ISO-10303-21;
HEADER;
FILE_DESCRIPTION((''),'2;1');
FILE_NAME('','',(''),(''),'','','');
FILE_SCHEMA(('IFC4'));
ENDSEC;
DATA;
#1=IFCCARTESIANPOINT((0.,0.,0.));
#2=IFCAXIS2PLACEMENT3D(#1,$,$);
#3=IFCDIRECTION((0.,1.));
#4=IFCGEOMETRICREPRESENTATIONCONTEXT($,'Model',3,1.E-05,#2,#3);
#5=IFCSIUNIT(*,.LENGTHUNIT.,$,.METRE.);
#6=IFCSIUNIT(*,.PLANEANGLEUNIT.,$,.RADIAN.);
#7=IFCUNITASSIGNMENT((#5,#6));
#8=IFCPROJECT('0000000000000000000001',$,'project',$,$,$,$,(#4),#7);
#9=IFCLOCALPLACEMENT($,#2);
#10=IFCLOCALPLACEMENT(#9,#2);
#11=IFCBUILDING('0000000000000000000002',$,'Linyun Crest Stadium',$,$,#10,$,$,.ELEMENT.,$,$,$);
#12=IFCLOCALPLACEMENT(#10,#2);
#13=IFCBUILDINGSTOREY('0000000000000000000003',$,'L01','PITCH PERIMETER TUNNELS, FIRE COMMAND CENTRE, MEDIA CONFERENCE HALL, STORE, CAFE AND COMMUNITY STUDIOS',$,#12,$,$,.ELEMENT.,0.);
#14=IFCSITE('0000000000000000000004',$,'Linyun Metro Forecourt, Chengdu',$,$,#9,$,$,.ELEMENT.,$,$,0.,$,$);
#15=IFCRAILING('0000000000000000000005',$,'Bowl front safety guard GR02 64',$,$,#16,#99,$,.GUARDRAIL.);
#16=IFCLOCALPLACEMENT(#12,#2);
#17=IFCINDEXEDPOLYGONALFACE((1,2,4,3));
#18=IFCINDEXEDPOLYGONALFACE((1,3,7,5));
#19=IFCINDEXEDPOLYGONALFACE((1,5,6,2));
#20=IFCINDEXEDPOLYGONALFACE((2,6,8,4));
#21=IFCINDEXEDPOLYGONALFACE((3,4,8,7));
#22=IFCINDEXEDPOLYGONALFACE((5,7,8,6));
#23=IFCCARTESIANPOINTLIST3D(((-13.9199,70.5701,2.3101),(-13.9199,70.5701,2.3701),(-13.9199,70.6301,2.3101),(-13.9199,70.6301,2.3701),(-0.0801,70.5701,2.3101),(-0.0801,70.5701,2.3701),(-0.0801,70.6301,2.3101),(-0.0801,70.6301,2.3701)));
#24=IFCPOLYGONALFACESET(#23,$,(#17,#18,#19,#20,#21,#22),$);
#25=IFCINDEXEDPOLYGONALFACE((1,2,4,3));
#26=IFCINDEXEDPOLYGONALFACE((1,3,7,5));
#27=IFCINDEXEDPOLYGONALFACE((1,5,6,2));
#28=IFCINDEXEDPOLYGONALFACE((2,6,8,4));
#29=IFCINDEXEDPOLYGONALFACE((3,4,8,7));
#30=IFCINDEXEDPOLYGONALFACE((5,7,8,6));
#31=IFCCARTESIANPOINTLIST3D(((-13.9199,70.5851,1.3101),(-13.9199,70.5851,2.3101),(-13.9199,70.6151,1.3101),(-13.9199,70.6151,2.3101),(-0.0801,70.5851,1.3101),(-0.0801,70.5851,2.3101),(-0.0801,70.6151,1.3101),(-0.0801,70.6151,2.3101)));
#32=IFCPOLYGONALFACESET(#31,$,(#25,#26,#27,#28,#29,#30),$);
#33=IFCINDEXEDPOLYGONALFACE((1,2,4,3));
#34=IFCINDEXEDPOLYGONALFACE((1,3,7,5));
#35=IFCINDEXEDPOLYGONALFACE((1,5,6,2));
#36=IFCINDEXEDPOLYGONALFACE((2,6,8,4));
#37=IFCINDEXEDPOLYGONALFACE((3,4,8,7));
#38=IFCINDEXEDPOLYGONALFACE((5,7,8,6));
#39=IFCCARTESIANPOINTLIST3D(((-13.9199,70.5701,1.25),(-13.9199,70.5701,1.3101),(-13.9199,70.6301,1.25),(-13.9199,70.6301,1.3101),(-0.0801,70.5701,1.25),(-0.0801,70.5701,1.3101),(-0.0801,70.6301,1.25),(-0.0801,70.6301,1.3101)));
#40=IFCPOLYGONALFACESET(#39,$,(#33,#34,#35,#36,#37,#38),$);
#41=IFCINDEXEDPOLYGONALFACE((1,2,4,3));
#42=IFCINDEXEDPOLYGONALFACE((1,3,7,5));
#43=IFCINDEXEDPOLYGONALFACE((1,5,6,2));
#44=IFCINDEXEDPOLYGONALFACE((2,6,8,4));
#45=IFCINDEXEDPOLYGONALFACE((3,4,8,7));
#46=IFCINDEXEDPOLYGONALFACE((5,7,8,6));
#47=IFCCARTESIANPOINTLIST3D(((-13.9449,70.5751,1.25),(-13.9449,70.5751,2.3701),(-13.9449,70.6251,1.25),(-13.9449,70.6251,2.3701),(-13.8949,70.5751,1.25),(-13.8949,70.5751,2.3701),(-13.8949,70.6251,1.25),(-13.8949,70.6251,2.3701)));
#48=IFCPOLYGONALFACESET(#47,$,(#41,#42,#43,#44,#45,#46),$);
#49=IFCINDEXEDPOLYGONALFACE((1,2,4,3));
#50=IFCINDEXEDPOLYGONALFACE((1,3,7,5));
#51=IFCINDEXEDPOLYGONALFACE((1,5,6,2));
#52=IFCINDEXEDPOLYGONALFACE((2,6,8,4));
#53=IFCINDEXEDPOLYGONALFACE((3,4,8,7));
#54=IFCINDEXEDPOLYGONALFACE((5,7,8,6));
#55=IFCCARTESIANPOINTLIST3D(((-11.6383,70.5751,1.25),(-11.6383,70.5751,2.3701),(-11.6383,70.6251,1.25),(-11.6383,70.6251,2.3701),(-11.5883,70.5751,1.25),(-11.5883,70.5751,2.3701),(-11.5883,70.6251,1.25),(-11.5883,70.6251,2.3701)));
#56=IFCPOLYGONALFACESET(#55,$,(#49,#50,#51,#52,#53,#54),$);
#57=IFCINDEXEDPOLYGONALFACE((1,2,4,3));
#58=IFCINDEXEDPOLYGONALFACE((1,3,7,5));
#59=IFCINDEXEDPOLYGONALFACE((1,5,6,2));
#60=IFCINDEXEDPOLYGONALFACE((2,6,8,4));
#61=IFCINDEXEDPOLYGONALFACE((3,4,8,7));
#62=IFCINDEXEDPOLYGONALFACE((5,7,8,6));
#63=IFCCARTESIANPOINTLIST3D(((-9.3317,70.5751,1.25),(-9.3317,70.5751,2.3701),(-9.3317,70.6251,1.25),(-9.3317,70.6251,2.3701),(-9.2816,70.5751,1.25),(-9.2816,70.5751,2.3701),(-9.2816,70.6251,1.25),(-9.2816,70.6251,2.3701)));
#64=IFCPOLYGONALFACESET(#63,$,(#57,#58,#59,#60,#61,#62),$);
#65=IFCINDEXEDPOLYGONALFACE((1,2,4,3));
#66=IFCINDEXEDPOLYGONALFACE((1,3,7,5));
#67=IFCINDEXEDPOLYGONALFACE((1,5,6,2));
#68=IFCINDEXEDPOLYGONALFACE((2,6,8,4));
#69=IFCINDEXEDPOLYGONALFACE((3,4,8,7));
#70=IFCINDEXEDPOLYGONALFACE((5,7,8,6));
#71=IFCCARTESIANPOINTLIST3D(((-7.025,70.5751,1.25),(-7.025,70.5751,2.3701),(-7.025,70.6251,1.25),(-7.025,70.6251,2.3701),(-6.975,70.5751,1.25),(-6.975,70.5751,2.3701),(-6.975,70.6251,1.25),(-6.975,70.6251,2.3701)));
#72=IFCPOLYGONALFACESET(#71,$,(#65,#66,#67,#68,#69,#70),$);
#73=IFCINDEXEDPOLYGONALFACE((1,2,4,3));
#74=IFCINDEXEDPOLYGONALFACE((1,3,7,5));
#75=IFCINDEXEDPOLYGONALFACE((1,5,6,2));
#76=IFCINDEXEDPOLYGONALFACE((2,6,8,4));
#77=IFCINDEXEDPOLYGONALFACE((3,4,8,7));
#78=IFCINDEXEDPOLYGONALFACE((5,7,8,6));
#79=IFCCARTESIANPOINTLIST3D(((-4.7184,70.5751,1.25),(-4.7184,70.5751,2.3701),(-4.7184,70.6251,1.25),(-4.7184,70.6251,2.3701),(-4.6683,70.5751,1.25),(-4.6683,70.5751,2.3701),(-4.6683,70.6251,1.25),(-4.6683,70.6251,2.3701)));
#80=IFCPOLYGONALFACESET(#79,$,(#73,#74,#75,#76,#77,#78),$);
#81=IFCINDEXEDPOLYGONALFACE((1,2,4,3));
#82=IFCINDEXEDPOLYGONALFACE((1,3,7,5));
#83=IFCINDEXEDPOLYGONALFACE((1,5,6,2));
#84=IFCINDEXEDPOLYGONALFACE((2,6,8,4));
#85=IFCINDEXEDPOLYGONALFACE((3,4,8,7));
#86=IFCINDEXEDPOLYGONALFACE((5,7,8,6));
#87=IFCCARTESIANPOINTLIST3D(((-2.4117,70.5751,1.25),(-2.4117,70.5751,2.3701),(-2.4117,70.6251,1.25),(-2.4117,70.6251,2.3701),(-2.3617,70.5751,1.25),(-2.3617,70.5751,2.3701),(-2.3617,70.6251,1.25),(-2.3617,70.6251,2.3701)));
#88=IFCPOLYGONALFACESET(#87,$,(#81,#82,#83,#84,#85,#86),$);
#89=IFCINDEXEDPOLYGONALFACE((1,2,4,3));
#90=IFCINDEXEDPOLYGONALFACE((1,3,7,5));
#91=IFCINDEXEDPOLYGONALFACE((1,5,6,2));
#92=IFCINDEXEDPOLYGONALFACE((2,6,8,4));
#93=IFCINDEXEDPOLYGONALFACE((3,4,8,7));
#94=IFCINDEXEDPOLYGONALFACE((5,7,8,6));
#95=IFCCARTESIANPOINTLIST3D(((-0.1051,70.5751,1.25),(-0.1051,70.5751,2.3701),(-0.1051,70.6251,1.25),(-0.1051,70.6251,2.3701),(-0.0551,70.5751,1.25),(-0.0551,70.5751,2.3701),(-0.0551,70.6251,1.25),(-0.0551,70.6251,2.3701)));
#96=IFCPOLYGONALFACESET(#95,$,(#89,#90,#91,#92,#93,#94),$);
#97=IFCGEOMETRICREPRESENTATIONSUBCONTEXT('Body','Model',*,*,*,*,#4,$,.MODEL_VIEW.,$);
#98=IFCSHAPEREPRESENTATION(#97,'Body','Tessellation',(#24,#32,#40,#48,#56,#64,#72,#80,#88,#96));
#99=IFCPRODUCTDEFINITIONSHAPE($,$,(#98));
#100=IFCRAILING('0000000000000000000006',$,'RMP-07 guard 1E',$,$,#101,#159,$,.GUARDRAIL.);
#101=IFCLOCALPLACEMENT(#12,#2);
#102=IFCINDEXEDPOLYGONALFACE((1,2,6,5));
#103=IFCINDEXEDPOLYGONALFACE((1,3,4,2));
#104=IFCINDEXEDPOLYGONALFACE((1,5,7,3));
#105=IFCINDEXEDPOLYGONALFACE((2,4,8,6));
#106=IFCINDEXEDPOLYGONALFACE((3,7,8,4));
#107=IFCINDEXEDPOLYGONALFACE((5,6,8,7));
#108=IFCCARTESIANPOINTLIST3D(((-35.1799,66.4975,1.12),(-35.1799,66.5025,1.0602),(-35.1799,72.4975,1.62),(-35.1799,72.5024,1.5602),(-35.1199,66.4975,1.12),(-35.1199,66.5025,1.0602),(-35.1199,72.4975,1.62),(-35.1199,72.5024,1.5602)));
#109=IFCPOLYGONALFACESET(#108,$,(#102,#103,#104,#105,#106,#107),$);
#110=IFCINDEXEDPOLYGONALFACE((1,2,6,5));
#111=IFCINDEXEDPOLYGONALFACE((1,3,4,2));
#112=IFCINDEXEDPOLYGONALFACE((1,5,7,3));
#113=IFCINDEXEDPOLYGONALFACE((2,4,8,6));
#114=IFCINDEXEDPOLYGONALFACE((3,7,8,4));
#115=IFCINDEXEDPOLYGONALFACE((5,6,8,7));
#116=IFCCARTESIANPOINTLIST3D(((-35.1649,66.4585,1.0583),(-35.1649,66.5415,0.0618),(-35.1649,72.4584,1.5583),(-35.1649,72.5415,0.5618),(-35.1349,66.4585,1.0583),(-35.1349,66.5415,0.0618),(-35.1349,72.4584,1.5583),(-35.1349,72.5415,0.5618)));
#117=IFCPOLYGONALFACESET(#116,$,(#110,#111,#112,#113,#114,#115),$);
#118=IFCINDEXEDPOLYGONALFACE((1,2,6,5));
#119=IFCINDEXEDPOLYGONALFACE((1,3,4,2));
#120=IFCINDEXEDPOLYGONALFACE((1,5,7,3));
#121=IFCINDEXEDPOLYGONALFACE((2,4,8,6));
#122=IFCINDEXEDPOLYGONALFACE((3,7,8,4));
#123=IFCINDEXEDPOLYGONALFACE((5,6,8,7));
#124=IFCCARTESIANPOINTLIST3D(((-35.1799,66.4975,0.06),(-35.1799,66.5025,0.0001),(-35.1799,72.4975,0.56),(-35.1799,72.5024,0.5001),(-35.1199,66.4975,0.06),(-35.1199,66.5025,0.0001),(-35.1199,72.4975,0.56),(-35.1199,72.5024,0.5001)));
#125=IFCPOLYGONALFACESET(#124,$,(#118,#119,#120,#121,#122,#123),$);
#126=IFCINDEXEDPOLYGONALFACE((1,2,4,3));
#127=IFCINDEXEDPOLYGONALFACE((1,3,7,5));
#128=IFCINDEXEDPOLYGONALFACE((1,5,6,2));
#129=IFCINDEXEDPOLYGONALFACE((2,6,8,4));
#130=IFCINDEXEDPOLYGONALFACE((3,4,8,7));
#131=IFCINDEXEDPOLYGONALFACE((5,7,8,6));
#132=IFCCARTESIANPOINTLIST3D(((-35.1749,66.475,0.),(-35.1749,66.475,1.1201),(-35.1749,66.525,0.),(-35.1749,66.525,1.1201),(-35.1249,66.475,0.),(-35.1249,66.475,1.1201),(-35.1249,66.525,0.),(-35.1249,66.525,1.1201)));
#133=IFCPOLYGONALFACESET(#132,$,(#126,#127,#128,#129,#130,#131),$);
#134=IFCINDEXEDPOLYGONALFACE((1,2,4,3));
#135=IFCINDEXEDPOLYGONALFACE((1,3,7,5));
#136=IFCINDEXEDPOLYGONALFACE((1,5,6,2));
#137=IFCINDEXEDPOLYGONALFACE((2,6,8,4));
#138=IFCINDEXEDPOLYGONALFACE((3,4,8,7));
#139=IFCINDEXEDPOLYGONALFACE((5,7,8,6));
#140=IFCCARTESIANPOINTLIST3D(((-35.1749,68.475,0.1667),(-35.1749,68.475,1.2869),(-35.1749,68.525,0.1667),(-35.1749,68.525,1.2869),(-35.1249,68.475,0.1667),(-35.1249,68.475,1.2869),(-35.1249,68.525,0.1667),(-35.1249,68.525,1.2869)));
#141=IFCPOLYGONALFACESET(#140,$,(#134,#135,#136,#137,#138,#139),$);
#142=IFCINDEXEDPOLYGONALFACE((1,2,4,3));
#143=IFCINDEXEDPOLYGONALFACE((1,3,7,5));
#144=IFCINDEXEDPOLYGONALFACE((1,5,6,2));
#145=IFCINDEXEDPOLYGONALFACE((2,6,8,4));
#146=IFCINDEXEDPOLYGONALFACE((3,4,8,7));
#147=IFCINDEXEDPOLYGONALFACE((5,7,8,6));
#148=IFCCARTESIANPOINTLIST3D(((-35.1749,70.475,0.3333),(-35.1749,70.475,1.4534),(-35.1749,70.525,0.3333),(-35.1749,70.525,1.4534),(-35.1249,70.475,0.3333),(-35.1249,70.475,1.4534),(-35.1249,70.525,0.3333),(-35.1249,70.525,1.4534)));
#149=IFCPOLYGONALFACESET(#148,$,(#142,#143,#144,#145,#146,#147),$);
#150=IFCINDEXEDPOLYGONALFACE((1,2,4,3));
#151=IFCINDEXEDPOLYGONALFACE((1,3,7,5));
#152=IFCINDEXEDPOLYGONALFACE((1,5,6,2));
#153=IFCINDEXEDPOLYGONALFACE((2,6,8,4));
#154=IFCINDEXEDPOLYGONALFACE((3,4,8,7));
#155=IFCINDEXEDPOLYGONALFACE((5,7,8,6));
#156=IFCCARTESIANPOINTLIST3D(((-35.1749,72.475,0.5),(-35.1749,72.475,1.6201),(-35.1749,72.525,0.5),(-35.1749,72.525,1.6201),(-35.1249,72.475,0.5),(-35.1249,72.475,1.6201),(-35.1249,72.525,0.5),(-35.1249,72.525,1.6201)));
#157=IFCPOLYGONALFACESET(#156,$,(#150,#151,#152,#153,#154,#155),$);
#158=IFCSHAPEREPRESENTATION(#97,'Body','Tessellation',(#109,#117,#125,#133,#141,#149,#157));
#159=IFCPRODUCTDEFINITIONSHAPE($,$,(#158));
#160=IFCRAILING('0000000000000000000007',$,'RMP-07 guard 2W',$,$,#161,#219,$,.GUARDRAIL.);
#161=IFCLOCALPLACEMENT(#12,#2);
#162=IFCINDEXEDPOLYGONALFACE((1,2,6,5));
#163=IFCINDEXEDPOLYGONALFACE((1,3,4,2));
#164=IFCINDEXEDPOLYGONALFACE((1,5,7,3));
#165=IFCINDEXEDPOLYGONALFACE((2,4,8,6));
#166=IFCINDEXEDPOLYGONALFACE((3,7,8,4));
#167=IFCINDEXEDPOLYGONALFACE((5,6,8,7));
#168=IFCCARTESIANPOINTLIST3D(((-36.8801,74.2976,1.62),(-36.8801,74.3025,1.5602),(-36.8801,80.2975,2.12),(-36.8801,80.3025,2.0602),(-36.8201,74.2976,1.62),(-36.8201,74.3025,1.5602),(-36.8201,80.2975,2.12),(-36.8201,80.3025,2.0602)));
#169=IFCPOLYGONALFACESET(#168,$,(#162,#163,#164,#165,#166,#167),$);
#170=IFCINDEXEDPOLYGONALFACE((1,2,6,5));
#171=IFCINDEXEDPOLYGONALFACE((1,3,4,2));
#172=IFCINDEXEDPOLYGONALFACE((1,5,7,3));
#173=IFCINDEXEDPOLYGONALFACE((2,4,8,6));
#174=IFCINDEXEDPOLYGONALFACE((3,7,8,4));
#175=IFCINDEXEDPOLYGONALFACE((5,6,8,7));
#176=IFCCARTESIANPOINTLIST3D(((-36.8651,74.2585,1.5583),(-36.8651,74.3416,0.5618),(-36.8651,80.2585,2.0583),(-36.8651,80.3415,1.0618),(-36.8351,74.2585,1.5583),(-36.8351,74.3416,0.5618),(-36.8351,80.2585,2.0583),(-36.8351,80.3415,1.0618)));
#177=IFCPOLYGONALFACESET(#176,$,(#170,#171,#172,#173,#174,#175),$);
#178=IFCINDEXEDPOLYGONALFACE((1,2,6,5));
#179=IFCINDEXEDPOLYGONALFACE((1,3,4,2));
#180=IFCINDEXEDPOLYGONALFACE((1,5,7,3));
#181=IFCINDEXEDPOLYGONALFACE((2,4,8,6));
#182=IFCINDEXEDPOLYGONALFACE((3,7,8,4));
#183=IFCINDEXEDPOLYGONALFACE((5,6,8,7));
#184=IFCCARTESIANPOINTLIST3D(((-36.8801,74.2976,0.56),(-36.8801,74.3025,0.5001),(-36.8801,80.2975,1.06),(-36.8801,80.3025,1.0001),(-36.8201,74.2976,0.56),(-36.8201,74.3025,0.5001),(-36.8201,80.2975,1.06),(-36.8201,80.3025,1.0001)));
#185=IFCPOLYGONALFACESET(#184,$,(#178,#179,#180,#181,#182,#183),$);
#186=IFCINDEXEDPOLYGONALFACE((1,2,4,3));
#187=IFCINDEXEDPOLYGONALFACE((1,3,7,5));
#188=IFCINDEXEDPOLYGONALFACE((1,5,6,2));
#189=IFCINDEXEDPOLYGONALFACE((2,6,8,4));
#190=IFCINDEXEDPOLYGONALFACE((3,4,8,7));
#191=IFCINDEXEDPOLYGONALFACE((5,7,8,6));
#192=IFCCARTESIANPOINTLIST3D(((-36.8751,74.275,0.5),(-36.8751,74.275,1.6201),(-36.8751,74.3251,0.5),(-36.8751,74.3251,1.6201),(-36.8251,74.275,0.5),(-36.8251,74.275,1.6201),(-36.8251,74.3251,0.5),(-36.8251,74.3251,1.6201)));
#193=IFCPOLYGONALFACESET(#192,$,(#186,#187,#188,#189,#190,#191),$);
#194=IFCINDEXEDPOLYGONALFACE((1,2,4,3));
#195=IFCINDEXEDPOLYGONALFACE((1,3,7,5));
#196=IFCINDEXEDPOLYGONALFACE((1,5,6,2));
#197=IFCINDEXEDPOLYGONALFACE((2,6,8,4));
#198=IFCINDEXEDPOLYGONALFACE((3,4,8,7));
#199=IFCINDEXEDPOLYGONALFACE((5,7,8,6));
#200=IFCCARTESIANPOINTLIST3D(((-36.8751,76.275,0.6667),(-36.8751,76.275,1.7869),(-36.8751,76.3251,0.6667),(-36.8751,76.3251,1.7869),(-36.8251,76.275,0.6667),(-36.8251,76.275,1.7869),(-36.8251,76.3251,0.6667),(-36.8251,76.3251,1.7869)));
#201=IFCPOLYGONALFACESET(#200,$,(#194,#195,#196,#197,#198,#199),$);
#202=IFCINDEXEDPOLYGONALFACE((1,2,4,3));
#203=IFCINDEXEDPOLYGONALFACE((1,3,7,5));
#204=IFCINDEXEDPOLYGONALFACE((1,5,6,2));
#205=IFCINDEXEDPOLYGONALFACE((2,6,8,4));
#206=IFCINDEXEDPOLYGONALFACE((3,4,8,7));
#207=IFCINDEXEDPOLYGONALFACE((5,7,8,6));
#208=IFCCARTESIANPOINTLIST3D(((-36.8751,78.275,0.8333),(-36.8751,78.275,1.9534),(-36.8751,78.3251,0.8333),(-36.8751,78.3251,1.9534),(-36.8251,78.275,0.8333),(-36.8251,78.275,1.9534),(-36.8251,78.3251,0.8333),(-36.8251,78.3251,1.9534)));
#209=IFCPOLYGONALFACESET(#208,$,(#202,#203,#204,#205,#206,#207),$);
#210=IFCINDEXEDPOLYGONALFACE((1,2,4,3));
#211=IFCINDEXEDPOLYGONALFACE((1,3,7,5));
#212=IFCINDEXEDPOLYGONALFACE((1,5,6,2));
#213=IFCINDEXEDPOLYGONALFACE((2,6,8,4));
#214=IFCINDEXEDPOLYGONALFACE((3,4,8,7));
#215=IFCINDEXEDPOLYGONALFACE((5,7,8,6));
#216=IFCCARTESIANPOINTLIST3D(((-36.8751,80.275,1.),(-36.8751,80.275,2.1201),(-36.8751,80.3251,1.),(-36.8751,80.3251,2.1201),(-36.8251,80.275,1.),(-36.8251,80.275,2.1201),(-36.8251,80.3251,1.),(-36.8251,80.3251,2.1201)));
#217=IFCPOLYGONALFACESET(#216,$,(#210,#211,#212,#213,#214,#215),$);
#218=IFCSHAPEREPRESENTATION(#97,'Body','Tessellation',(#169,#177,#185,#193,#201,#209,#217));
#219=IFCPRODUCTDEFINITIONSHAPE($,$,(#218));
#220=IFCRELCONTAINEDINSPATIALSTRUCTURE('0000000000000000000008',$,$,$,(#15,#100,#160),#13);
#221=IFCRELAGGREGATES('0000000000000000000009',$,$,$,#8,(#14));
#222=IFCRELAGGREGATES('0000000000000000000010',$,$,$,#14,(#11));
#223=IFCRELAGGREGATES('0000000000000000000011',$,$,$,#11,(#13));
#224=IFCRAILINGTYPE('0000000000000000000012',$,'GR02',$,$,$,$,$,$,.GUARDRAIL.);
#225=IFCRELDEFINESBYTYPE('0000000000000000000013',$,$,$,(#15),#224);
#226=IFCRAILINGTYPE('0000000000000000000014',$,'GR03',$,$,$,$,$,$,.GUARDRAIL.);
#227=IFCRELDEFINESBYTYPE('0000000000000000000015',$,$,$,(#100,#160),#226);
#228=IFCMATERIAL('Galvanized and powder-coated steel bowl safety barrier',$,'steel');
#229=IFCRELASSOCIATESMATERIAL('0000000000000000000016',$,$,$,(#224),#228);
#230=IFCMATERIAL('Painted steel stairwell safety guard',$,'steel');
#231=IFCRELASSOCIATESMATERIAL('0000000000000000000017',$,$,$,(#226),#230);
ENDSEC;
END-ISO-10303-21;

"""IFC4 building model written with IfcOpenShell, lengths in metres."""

from ifc_helpers import new_model, si_unit, direction, frame, origin, origin_2d, place, context, subcontext, project, spatial, rectangle, extrude, material, type_object, element, save


model = new_model("IFC4")

# Units and contexts
model_context = context("Model", 3, precision=1e-05, world=origin(), true_north=direction((0.0, 1.0)))
body_context = subcontext(model_context, "Body", "Model", "MODEL_VIEW")
ifc_project = project(units=[si_unit("LENGTHUNIT", "METRE"), si_unit("PLANEANGLEUNIT", "RADIAN")], contexts=[model_context])

# Site, building, storey
site_placement = place(None, origin())
site = spatial("IfcSite", under=ifc_project, at=site_placement, Name="Linyun Metro Forecourt, Chengdu", CompositionType="ELEMENT", RefElevation=0.0)
building_placement = place(site_placement, origin())
building = spatial("IfcBuilding", under=site, at=building_placement, Name="Linyun Crest Stadium", CompositionType="ELEMENT")
storey_placement = place(building_placement, origin())
storey = spatial("IfcBuildingStorey", under=building, at=storey_placement, Name="L01", Description="PITCH PERIMETER TUNNELS, FIRE COMMAND CENTRE, MEDIA CONFERENCE HALL, STORE, CAFE AND COMMUNITY STUDIOS", CompositionType="ELEMENT", Elevation=0.0)

# Railings
ifc_material_1 = material(Name="Galvanized and powder-coated steel bowl safety barrier", Category="steel")
railing_type_1 = type_object("IfcRailingType", Name="GR02", PredefinedType="GUARDRAIL", material=ifc_material_1)
for number, where, name in (
    (1, (-13.9199, 70.6001, 1.25), "Bowl front safety guard GR02 64"),
):
    element("IfcRailing", number, at=place(storey_placement, frame(where)), inside=storey, type_object=railing_type_1, Name=name, PredefinedType="GUARDRAIL", context=body_context, shape_type="SweptSolid", body=[
        extrude(rectangle(XDim=0.0601, YDim=0.0601, at=origin_2d()), frame((0.0, 0.0, 1.0901), z_axis=(1.0, 0.0, 0.0), x_axis=(0.0, 1.0, 0.0)), (0.0, 0.0, 1.0), 13.8398),
        extrude(rectangle(XDim=0.03, YDim=1.0, at=origin_2d()), frame((0.0, 0.0, 0.5601), z_axis=(1.0, 0.0, 0.0), x_axis=(0.0, 1.0, 0.0)), (0.0, 0.0, 1.0), 13.8398),
        extrude(rectangle(XDim=0.0601, YDim=0.0601, at=origin_2d()), frame((0.0, 0.0, 0.03), z_axis=(1.0, 0.0, 0.0), x_axis=(0.0, 1.0, 0.0)), (0.0, 0.0, 1.0), 13.8398),
        extrude(rectangle(XDim=0.05, YDim=0.05, at=origin_2d()), origin(), (0.0, 0.0, 1.0), 1.1201),
        extrude(rectangle(XDim=0.05, YDim=0.05, at=origin_2d()), frame((2.3066, 0.0, 0.0)), (0.0, 0.0, 1.0), 1.1201),
        extrude(rectangle(XDim=0.05, YDim=0.05, at=origin_2d()), frame((4.6133, 0.0, 0.0)), (0.0, 0.0, 1.0), 1.1201),
        extrude(rectangle(XDim=0.05, YDim=0.05, at=origin_2d()), frame((6.9199, 0.0, 0.0)), (0.0, 0.0, 1.0), 1.1201),
        extrude(rectangle(XDim=0.05, YDim=0.05, at=origin_2d()), frame((9.2266, 0.0, 0.0)), (0.0, 0.0, 1.0), 1.1201),
        extrude(rectangle(XDim=0.05, YDim=0.05, at=origin_2d()), frame((11.5332, 0.0, 0.0)), (0.0, 0.0, 1.0), 1.1201),
        extrude(rectangle(XDim=0.05, YDim=0.05, at=origin_2d()), frame((13.8398, 0.0, 0.0)), (0.0, 0.0, 1.0), 1.1201),
    ])
ifc_material_2 = material(Name="Painted steel stairwell safety guard", Category="steel")
railing_type_2 = type_object("IfcRailingType", Name="GR03", PredefinedType="GUARDRAIL", material=ifc_material_2)
for number, where, name in (
    (2, (-35.1499, 66.5, 0.0), "RMP-07 guard 1E"),
    (3, (-36.8501, 74.3, 0.5), "RMP-07 guard 2W"),
):
    element("IfcRailing", number, at=place(storey_placement, frame(where)), inside=storey, type_object=railing_type_2, Name=name, PredefinedType="GUARDRAIL", context=body_context, shape_type="SweptSolid", body=[
        extrude(rectangle(XDim=0.0601, YDim=0.0601, at=origin_2d()), frame((0.0, 0.0, 1.0901), z_axis=(0.0, 0.996546, 0.083045), x_axis=(-1.0, 0.0, 0.0)), (0.0, 0.0, 1.0), 6.0208),
        extrude(rectangle(XDim=0.03, YDim=1.0, at=origin_2d()), frame((0.0, 0.0, 0.5601), z_axis=(0.0, 0.996546, 0.083045), x_axis=(-1.0, 0.0, 0.0)), (0.0, 0.0, 1.0), 6.0208),
        extrude(rectangle(XDim=0.0601, YDim=0.0601, at=origin_2d()), frame((0.0, 0.0, 0.03), z_axis=(0.0, 0.996546, 0.083045), x_axis=(-1.0, 0.0, 0.0)), (0.0, 0.0, 1.0), 6.0208),
        extrude(rectangle(XDim=0.05, YDim=0.05, at=origin_2d()), origin(), (0.0, 0.0, 1.0), 1.1201),
        extrude(rectangle(XDim=0.05, YDim=0.05, at=origin_2d()), frame((0.0, 2.0, 0.1667)), (0.0, 0.0, 1.0), 1.1201),
        extrude(rectangle(XDim=0.05, YDim=0.05, at=origin_2d()), frame((0.0, 4.0, 0.3333)), (0.0, 0.0, 1.0), 1.1201),
        extrude(rectangle(XDim=0.05, YDim=0.05, at=origin_2d()), frame((0.0, 6.0, 0.5)), (0.0, 0.0, 1.0), 1.1201),
    ])

save(model, "model.ifc")
